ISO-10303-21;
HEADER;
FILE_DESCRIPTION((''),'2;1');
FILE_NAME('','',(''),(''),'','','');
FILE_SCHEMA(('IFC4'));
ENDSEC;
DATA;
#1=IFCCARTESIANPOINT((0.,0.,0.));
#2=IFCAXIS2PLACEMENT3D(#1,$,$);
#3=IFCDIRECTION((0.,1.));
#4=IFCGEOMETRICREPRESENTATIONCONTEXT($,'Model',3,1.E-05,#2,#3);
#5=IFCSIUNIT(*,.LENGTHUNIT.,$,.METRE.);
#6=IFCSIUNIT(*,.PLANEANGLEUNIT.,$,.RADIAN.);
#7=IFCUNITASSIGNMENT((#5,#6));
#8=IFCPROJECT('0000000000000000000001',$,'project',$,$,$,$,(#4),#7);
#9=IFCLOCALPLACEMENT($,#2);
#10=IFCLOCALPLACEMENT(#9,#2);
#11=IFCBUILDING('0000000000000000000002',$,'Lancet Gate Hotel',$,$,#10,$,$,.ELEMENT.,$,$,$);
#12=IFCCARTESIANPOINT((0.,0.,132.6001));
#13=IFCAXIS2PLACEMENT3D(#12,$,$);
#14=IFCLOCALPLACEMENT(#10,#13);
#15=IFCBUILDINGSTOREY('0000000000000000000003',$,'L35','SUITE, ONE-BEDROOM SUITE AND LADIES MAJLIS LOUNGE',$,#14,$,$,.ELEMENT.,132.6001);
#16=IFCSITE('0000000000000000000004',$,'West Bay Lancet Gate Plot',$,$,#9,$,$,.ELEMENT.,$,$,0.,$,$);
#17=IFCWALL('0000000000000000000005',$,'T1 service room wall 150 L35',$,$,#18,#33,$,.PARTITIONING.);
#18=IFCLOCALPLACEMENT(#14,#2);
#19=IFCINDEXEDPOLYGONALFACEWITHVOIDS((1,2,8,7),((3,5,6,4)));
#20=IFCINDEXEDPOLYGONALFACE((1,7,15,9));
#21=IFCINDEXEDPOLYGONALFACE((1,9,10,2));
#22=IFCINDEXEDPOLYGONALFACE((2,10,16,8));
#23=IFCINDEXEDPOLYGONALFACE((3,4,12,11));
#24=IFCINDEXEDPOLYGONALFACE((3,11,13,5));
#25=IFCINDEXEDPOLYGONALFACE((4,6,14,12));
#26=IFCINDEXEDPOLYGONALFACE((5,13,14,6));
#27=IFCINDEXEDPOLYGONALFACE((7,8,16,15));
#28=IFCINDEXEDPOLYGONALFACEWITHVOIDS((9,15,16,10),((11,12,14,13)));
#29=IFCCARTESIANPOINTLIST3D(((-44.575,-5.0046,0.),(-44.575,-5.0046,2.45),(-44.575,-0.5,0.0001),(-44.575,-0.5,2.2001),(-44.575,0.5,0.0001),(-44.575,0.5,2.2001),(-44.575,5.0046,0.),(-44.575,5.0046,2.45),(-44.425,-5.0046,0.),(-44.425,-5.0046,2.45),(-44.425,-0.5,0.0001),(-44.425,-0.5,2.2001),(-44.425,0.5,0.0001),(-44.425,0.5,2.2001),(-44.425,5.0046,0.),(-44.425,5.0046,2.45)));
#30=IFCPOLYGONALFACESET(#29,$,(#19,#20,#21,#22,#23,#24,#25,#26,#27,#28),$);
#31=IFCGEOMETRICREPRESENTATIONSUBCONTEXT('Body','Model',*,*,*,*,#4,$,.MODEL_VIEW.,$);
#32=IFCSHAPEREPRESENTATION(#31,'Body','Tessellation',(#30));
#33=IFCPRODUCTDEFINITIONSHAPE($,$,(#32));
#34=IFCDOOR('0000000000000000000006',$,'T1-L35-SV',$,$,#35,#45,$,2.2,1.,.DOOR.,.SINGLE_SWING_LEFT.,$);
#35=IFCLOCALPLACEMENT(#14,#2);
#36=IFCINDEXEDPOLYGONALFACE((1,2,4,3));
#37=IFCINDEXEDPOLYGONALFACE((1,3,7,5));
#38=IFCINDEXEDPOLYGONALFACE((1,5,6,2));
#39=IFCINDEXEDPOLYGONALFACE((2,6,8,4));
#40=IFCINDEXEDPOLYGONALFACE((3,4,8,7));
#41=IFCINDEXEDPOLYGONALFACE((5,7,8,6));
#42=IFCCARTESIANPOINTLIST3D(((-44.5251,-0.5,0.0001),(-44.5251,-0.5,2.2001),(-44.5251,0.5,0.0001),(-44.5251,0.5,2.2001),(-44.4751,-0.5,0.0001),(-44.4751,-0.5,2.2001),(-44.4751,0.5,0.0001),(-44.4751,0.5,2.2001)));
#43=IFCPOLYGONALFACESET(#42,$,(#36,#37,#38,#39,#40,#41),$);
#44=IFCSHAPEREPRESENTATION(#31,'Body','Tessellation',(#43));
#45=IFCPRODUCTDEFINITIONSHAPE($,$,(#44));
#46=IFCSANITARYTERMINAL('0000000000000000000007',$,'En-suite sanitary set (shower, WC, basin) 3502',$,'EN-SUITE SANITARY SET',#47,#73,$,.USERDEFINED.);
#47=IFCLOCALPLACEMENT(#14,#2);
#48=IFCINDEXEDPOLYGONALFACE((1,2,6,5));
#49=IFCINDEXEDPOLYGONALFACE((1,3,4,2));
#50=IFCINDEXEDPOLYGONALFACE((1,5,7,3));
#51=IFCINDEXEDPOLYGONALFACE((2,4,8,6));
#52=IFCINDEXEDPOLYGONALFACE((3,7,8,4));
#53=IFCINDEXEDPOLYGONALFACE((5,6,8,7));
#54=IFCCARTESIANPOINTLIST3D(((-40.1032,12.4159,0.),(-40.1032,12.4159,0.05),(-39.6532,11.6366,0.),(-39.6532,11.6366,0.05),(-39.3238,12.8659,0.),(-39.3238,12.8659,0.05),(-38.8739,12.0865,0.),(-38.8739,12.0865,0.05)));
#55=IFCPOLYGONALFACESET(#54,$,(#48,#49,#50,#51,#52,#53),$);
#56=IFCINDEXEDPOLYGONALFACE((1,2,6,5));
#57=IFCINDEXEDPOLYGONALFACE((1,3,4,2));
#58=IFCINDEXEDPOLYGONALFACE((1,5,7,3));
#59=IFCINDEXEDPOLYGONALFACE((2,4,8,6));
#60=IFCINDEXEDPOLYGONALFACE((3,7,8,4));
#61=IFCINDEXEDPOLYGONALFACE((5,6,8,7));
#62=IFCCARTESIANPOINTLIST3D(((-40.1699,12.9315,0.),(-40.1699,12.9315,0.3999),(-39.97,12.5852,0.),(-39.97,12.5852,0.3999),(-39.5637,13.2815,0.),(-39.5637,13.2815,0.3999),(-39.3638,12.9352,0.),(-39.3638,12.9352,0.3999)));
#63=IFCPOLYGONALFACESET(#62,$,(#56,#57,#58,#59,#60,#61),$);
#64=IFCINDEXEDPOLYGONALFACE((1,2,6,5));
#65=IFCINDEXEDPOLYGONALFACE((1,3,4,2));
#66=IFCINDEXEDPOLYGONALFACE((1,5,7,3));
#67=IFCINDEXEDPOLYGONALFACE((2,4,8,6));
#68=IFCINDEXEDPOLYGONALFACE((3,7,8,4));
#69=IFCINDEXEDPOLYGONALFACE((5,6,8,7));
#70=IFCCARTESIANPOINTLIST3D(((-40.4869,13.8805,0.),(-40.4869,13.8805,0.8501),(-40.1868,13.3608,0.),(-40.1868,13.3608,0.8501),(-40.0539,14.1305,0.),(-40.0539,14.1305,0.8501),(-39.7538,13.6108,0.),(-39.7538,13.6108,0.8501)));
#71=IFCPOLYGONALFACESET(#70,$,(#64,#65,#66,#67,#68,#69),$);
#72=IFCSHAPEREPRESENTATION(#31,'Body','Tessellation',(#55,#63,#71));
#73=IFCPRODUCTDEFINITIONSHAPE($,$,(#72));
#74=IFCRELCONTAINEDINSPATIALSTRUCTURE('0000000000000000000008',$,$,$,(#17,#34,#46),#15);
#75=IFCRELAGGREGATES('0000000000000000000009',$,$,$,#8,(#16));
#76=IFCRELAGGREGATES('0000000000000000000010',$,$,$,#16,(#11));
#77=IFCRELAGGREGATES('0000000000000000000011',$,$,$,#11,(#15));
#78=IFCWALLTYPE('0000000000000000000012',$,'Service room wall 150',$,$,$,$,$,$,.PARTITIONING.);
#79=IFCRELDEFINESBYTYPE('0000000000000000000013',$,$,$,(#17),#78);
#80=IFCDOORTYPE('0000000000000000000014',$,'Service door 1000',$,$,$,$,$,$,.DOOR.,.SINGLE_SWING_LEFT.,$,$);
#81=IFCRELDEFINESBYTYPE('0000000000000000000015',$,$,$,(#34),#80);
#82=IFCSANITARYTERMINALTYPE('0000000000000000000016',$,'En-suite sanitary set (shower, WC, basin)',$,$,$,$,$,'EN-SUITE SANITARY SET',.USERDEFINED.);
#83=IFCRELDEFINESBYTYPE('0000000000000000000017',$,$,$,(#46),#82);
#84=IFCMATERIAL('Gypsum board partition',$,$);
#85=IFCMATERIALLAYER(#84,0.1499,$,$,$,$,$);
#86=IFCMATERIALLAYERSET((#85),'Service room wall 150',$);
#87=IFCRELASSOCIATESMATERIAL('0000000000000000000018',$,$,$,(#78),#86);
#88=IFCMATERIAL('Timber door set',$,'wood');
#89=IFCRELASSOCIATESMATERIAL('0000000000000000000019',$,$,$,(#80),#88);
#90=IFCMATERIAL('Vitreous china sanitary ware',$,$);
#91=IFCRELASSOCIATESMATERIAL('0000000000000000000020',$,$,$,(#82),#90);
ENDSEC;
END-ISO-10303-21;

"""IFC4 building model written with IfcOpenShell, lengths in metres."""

from ifc_helpers import new_model, si_unit, direction, frame, frame_2d, origin, origin_2d, place, context, subcontext, project, spatial, rectangle, extrude, material, layer, layer_set, type_object, element, fill, save


model = new_model("IFC4")

# Units and contexts
model_context = context("Model", 3, precision=1e-05, world=origin(), true_north=direction((0.0, 1.0)))
body_context = subcontext(model_context, "Body", "Model", "MODEL_VIEW")
ifc_project = project(units=[si_unit("LENGTHUNIT", "METRE"), si_unit("PLANEANGLEUNIT", "RADIAN")], contexts=[model_context])

# Site, building, storey
site_placement = place(None, origin())
site = spatial("IfcSite", under=ifc_project, at=site_placement, Name="West Bay Lancet Gate Plot", CompositionType="ELEMENT", RefElevation=0.0)
building_placement = place(site_placement, origin())
building = spatial("IfcBuilding", under=site, at=building_placement, Name="Lancet Gate Hotel", CompositionType="ELEMENT")
storey_placement = place(building_placement, frame((0.0, 0.0, 132.6001)))
storey = spatial("IfcBuildingStorey", under=building, at=storey_placement, Name="L35", Description="SUITE, ONE-BEDROOM SUITE AND LADIES MAJLIS LOUNGE", CompositionType="ELEMENT", Elevation=132.6001)

# Wall, opening, door
ifc_material_1 = material(Name="Gypsum board partition")
ifc_layer_1 = layer(ifc_material_1, 0.1499)
ifc_layer_set_1 = layer_set([ifc_layer_1], Name="Service room wall 150")
wall_type_1 = type_object("IfcWallType", Name="Service room wall 150", PredefinedType="PARTITIONING", material=ifc_layer_set_1)
wall_1_placement = place(storey_placement, frame((-44.5, 5.0046, 0.0), z_axis=(0.0, 0.0, 1.0), x_axis=(0.0, -1.0, 0.0)))
wall_1 = element("IfcWall", 1, at=wall_1_placement, inside=storey, type_object=wall_type_1, Name="T1 service room wall 150 L35", PredefinedType="PARTITIONING", context=body_context, shape_type="SweptSolid", body=[
    extrude(rectangle(XDim=10.0093, YDim=0.1499, at=frame_2d((5.0046, 0.0))), origin(), (0.0, 0.0, 1.0), 2.45),
])
opening_1_placement = place(wall_1_placement, frame((4.5046, 0.0, 0.0)))
opening_1 = element("IfcOpeningElement", 2, at=opening_1_placement, cuts=wall_1, PredefinedType="OPENING", context=body_context, shape_type="SweptSolid", body=[
    extrude(rectangle(XDim=1.0, YDim=2.2, at=frame_2d((0.5, 1.1001))), frame((0.0, 0.085, 0.0), z_axis=(0.0, -1.0, 0.0), x_axis=(1.0, 0.0, 0.0)), (0.0, 0.0, 1.0), 0.1699),
])
ifc_material_2 = material(Name="Timber door set", Category="wood")
door_type_1 = type_object("IfcDoorType", Name="Service door 1000", OperationType="SINGLE_SWING_LEFT", PredefinedType="DOOR", material=ifc_material_2)
door_1_placement = place(opening_1_placement, origin())
door_1 = element("IfcDoor", 3, at=door_1_placement, inside=storey, type_object=door_type_1, Name="T1-L35-SV", OperationType="SINGLE_SWING_LEFT", OverallHeight=2.2, OverallWidth=1.0, PredefinedType="DOOR", context=body_context, shape_type="SweptSolid", body=[
    extrude(rectangle(XDim=1.0, YDim=2.2, at=frame_2d((0.5, 1.1001))), frame((0.0, 0.0249, 0.0), z_axis=(0.0, -1.0, 0.0), x_axis=(1.0, 0.0, 0.0)), (0.0, 0.0, 1.0), 0.05),
])
fill(opening_1, door_1)

# Sanitary terminal
ifc_material_3 = material(Name="Vitreous china sanitary ware")
sanitary_terminal_type = type_object("IfcSanitaryTerminalType", Name="En-suite sanitary set (shower, WC, basin)", ElementType="EN-SUITE SANITARY SET", PredefinedType="USERDEFINED", material=ifc_material_3)
sanitary_terminal_placement = place(storey_placement, frame((-39.4885, 12.2512, 0.0), z_axis=(0.0, 0.0, 1.0), x_axis=(1.0, 0.0, 0.0)))
element("IfcSanitaryTerminal", 4, at=sanitary_terminal_placement, inside=storey, type_object=sanitary_terminal_type, Name="En-suite sanitary set (shower, WC, basin) 3502", ObjectType="EN-SUITE SANITARY SET", PredefinedType="USERDEFINED", context=body_context, shape_type="SweptSolid", body=[
    extrude(rectangle(XDim=0.8999, YDim=0.8999, at=origin_2d()), frame((0.0, 0.0, 0.0), z_axis=(0.0, 0.0, 1.0), x_axis=(0.5, -0.866025, 0.0)), (0.0, 0.0, 1.0), 0.05),
    extrude(rectangle(XDim=0.3999, YDim=0.7, at=origin_2d()), frame((-0.2783, 0.6821, 0.0), z_axis=(0.0, 0.0, 1.0), x_axis=(0.5, -0.866025, 0.0)), (0.0, 0.0, 1.0), 0.3999),
    extrude(rectangle(XDim=0.6001, YDim=0.5, at=origin_2d()), frame((-0.6318, 1.4944, 0.0), z_axis=(0.0, 0.0, 1.0), x_axis=(0.5, -0.866025, 0.0)), (0.0, 0.0, 1.0), 0.8501),
])

save(model, "model.ifc")
